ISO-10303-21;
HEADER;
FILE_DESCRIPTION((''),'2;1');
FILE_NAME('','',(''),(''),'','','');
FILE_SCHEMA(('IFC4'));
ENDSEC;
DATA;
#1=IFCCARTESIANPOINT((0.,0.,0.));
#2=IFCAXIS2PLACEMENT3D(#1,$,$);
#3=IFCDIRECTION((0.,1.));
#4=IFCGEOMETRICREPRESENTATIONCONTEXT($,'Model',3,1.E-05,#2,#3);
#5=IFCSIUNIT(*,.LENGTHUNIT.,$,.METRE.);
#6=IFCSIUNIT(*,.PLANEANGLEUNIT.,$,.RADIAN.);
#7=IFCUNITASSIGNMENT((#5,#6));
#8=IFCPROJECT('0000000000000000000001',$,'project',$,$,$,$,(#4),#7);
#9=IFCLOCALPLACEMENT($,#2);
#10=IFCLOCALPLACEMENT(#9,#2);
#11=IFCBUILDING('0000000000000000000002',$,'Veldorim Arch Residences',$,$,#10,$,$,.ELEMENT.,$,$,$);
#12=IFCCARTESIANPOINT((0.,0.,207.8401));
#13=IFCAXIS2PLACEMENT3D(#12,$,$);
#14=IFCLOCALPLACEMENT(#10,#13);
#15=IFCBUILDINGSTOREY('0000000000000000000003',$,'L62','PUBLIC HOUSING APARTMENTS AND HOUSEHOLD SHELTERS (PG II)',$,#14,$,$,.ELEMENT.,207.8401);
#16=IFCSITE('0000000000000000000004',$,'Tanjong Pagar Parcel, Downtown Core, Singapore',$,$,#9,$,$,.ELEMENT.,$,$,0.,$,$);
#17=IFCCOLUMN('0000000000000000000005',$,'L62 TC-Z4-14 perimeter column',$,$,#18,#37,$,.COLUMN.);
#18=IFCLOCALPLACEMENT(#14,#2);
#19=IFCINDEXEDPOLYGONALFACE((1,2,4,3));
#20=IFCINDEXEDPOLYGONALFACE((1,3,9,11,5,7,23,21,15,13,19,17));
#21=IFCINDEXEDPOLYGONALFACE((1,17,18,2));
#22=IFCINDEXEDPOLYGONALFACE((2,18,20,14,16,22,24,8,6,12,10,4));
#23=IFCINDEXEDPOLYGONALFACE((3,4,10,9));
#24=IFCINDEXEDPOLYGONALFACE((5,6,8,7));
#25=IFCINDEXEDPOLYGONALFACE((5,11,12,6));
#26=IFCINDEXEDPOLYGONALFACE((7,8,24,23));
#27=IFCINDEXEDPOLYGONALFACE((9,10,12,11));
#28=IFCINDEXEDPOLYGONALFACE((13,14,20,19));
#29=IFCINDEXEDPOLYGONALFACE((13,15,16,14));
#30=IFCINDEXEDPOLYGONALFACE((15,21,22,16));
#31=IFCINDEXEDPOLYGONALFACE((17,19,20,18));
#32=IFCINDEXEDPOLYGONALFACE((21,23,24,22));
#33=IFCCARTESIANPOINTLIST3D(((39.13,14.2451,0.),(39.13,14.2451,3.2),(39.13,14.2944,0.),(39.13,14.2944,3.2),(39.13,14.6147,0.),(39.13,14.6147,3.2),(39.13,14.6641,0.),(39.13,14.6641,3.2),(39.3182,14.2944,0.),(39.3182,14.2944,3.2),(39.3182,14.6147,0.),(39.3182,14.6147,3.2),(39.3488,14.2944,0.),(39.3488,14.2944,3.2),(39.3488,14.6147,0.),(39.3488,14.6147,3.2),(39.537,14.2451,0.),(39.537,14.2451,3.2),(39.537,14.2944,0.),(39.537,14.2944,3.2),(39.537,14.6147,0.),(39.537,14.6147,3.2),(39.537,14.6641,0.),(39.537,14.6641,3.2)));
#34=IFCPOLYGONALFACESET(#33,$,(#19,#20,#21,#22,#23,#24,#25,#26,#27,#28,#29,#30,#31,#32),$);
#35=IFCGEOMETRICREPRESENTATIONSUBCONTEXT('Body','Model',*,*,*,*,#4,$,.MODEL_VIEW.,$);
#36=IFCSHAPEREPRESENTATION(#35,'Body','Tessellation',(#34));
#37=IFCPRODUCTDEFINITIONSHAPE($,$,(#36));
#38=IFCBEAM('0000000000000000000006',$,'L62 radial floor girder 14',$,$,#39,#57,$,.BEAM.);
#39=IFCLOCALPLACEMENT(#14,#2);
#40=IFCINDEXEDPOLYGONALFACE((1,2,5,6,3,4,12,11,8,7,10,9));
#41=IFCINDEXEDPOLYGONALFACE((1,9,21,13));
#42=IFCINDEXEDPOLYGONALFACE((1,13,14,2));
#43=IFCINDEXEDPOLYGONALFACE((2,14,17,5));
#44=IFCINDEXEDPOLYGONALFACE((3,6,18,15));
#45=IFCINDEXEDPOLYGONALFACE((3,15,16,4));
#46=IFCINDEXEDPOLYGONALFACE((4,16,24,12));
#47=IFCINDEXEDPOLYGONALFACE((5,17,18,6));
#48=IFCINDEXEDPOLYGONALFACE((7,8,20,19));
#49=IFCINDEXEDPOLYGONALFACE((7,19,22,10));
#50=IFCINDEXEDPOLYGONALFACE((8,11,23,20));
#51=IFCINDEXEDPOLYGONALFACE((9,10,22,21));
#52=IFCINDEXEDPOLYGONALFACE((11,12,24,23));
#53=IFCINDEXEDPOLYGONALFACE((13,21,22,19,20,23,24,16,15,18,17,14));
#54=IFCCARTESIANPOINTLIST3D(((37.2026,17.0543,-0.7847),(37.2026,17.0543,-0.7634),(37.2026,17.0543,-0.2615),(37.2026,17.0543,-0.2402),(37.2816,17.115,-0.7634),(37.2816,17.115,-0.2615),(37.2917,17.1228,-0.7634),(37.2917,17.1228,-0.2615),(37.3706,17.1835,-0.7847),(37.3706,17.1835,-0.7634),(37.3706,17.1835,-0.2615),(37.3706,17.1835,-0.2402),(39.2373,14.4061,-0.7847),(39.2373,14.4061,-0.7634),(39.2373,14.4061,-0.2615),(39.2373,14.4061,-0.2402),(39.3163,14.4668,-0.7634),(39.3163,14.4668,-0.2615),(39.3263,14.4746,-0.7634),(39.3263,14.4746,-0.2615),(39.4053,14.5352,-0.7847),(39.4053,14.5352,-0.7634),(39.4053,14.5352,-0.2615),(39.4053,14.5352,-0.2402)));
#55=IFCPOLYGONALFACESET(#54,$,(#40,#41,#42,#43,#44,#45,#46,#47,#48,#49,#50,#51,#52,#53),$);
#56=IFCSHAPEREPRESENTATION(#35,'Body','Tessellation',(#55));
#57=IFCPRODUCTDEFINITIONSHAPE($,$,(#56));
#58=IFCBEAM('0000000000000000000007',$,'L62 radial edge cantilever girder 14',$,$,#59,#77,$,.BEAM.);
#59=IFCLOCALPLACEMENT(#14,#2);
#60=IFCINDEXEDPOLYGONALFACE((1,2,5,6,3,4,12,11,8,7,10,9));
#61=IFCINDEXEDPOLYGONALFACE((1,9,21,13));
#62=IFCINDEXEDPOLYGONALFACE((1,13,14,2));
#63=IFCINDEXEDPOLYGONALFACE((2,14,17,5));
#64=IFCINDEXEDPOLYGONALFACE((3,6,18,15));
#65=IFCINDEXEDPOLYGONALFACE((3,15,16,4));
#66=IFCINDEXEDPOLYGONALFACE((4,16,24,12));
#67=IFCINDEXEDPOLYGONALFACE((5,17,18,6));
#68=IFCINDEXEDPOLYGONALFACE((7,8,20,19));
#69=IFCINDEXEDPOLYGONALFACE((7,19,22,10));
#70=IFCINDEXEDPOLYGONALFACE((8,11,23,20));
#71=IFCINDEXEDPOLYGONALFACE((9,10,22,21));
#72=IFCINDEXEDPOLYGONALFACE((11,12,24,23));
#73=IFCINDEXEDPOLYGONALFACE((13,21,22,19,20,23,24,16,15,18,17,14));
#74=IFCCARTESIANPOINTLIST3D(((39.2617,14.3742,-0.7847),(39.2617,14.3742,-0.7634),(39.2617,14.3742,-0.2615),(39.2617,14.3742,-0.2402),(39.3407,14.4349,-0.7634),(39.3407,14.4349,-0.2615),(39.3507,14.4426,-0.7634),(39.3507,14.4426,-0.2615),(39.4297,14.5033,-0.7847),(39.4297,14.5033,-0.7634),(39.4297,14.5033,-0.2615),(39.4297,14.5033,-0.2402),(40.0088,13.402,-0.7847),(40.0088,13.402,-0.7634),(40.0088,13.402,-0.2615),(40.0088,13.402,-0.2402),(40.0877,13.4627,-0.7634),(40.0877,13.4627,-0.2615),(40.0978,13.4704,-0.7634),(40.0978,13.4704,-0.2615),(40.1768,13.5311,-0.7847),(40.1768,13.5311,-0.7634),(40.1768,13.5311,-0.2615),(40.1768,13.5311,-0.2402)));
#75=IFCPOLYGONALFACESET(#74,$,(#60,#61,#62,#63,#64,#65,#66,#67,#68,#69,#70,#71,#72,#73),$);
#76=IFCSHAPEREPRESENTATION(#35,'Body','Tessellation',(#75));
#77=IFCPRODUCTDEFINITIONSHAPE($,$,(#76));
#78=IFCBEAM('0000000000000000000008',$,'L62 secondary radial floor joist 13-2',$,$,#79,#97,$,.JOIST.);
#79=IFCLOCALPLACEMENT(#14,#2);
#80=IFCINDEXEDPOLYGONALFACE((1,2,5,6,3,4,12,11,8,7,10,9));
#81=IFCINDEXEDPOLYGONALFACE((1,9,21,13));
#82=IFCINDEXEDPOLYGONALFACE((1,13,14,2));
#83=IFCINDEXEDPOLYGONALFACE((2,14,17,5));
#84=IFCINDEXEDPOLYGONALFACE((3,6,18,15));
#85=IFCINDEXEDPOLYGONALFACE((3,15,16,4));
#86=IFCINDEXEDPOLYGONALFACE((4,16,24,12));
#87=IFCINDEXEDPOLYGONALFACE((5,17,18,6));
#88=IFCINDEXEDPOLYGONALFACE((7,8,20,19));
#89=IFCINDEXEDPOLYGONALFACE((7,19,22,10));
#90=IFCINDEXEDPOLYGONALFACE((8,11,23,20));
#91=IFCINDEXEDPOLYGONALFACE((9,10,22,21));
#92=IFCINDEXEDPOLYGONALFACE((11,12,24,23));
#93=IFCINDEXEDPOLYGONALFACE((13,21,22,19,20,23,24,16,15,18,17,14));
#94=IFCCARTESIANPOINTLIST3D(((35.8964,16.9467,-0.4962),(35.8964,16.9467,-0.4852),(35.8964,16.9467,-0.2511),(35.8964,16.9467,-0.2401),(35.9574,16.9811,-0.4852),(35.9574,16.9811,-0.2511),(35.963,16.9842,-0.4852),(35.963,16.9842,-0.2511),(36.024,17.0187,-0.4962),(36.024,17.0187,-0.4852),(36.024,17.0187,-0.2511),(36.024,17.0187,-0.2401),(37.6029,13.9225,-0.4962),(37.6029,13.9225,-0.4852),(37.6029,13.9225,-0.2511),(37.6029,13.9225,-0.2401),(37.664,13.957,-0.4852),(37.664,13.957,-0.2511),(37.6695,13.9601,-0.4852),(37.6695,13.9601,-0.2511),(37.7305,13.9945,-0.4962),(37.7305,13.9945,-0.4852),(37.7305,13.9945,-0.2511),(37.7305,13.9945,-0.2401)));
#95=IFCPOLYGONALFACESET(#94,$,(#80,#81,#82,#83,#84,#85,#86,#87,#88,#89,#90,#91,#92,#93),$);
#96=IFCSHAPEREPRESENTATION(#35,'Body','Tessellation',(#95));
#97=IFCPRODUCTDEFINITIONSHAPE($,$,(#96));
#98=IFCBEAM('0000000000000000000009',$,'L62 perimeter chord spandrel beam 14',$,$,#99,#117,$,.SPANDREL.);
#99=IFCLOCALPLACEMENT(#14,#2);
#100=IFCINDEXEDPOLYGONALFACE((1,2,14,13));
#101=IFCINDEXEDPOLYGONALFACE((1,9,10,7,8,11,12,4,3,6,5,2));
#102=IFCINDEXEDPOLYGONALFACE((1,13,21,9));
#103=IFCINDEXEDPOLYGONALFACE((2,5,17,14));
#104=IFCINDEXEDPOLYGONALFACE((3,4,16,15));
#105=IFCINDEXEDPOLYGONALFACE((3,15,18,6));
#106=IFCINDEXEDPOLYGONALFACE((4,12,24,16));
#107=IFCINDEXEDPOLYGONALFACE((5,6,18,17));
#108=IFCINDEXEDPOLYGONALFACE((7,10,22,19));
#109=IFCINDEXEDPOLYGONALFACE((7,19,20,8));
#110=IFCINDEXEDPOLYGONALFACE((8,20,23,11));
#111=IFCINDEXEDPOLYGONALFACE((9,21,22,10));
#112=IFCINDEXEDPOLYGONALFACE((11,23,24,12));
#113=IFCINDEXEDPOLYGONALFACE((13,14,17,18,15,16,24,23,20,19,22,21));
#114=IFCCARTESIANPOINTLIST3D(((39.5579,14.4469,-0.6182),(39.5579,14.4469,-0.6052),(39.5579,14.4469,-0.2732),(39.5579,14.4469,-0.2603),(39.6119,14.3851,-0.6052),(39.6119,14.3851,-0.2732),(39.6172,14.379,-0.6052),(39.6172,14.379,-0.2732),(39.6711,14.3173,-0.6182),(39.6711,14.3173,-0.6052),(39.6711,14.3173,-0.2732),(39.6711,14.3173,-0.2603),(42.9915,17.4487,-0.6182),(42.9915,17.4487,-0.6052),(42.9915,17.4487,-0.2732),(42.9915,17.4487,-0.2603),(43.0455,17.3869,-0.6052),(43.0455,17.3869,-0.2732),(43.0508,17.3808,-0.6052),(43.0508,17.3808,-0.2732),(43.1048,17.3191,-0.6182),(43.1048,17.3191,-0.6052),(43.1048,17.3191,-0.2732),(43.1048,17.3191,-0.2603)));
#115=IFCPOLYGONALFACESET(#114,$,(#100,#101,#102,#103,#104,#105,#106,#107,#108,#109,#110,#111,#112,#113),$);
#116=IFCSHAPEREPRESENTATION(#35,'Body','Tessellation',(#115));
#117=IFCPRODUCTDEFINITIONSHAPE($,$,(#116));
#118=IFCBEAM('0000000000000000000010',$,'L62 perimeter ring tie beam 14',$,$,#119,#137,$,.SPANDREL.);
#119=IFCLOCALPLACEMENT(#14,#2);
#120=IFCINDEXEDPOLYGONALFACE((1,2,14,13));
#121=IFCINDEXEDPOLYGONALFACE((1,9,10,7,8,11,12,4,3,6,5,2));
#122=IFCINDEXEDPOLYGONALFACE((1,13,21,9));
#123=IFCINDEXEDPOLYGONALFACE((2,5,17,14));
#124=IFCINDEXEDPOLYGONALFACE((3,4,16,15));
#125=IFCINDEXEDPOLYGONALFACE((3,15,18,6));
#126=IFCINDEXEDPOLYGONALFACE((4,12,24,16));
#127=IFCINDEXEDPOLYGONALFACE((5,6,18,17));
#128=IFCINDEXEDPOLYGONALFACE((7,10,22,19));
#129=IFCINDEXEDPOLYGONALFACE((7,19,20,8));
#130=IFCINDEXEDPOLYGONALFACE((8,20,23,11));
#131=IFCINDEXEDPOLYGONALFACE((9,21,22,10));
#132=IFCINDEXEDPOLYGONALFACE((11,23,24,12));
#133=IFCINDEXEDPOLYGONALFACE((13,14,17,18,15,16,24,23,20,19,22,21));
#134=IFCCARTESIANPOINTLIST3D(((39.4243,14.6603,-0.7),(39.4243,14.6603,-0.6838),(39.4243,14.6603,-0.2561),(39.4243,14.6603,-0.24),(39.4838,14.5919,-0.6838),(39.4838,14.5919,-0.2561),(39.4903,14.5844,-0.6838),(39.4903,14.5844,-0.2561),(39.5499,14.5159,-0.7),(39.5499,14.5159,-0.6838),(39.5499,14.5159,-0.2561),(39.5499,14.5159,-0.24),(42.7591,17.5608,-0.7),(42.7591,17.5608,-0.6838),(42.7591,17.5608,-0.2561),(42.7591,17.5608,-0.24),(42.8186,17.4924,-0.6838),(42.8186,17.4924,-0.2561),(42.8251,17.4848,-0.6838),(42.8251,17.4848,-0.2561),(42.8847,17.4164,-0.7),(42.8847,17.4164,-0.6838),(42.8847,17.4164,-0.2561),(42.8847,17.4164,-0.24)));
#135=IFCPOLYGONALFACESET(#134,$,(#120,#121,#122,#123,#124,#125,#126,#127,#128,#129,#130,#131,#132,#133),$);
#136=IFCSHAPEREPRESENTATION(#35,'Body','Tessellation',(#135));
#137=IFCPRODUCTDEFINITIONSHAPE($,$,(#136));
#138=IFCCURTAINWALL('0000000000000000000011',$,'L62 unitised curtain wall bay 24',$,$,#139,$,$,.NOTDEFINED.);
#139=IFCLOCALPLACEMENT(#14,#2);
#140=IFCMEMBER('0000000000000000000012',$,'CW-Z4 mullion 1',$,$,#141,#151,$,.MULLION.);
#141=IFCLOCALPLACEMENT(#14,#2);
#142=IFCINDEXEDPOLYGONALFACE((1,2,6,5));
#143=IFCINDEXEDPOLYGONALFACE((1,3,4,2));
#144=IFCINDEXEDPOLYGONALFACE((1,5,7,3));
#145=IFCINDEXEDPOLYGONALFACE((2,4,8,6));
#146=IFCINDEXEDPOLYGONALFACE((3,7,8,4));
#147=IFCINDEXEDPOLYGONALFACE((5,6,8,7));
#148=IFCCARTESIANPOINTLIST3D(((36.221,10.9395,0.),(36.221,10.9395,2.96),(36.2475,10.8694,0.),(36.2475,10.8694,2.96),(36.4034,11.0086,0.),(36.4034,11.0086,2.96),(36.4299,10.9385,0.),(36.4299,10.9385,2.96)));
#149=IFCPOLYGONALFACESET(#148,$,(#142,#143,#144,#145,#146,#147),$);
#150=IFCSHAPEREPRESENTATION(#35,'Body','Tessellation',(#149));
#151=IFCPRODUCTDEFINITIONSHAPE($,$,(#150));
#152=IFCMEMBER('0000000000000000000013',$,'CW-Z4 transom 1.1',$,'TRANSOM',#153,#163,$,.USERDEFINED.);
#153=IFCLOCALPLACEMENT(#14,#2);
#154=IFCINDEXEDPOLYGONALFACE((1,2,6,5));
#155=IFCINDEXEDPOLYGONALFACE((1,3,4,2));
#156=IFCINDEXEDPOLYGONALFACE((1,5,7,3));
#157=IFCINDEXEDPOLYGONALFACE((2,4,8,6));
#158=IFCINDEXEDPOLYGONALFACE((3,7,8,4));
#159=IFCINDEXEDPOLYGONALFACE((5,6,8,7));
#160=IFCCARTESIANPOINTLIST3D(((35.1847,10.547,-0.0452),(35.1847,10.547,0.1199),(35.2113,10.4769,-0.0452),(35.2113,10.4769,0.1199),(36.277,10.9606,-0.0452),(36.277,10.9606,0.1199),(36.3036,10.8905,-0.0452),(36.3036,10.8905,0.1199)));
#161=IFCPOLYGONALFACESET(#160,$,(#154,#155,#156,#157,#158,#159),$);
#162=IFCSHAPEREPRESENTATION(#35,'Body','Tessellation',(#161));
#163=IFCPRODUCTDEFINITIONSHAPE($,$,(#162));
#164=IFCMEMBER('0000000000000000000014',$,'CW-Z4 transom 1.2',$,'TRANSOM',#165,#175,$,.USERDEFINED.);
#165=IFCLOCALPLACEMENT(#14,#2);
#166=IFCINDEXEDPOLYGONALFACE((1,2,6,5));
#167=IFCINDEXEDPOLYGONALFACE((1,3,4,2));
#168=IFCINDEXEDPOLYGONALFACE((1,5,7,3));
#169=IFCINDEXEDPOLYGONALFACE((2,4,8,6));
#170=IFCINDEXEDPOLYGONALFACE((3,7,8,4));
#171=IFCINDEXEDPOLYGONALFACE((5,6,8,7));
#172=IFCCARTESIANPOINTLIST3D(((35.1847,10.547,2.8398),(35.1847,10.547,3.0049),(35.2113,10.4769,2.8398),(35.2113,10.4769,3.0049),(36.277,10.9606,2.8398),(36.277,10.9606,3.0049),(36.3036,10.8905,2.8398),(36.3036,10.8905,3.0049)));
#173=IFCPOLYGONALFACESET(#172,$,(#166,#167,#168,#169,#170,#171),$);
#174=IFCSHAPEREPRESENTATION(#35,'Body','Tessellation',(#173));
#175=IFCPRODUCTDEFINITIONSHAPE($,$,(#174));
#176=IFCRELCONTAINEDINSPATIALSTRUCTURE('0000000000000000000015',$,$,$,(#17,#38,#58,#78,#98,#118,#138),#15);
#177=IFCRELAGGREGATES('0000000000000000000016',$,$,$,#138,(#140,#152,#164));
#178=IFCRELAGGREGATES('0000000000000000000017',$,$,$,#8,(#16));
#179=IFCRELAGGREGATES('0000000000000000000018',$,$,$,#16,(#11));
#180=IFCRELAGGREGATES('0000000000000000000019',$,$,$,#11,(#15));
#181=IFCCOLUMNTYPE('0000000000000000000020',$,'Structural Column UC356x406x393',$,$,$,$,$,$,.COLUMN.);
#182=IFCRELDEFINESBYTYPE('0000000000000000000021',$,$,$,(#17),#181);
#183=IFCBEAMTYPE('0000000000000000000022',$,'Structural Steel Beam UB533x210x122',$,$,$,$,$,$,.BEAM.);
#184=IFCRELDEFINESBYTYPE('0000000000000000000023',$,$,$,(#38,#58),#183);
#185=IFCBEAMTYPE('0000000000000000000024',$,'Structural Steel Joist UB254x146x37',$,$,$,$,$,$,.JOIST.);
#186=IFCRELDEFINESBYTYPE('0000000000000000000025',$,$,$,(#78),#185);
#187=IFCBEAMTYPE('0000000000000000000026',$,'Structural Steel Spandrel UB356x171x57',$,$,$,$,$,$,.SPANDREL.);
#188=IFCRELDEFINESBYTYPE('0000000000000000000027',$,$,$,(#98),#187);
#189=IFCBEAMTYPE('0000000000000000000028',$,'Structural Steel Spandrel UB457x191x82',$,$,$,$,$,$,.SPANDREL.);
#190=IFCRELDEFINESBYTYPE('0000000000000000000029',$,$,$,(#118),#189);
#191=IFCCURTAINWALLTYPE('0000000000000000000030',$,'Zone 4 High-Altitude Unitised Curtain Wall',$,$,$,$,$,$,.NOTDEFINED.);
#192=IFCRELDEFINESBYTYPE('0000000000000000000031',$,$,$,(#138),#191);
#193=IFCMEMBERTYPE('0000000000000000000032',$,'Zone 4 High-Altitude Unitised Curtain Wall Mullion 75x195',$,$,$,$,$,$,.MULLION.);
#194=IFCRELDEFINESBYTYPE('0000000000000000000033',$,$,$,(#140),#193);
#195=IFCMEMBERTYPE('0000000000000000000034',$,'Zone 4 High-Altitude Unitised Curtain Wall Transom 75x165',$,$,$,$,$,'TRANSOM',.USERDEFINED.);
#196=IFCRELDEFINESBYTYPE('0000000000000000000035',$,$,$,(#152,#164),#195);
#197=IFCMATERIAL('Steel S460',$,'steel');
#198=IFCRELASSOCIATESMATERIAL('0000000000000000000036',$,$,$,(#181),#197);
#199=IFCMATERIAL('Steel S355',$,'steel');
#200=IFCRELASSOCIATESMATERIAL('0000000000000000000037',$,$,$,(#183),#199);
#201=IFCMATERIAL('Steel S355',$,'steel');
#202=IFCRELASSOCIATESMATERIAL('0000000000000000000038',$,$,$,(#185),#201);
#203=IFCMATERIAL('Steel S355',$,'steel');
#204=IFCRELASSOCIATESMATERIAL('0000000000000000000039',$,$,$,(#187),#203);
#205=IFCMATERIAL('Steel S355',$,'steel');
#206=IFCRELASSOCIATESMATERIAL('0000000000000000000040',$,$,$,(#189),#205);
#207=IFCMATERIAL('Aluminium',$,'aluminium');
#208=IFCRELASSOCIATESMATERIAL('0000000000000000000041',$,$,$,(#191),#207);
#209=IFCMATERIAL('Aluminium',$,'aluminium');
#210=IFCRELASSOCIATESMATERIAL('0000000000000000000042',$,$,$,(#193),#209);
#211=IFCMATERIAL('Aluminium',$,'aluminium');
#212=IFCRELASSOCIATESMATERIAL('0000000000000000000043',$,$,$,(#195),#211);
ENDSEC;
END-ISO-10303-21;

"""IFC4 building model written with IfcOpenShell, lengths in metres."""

from ifc_helpers import new_model, si_unit, direction, frame, origin, origin_2d, place, context, subcontext, project, spatial, rectangle, i_section, extrude, material, material_profile, profile_set, type_object, element, aggregate, save


model = new_model("IFC4")

# Units and contexts
model_context = context("Model", 3, precision=1e-05, world=origin(), true_north=direction((0.0, 1.0)))
body_context = subcontext(model_context, "Body", "Model", "MODEL_VIEW")
ifc_project = project(units=[si_unit("LENGTHUNIT", "METRE"), si_unit("PLANEANGLEUNIT", "RADIAN")], contexts=[model_context])

# Site, building, storey
site_placement = place(None, origin())
site = spatial("IfcSite", under=ifc_project, at=site_placement, Name="Tanjong Pagar Parcel, Downtown Core, Singapore", CompositionType="ELEMENT", RefElevation=0.0)
building_placement = place(site_placement, origin())
building = spatial("IfcBuilding", under=site, at=building_placement, Name="Veldorim Arch Residences", CompositionType="ELEMENT")
storey_placement = place(building_placement, frame((0.0, 0.0, 207.8401)))
storey = spatial("IfcBuildingStorey", under=building, at=storey_placement, Name="L62", Description="PUBLIC HOUSING APARTMENTS AND HOUSEHOLD SHELTERS (PG II)", CompositionType="ELEMENT", Elevation=207.8401)

# Column
ifc_material_1 = material(Name="Steel S460", Category="steel")
ifc_material_profile_1 = material_profile(ifc_material_1, i_section(OverallWidth=0.407, OverallDepth=0.4189, WebThickness=0.0305, FlangeThickness=0.0493, at=origin_2d()), Name="UC356x406x393")
ifc_profile_set_1 = profile_set([ifc_material_profile_1], Name="Steel S460")
column_type = type_object("IfcColumnType", Name="Structural Column UC356x406x393", PredefinedType="COLUMN", material=ifc_profile_set_1)
column_placement = place(storey_placement, frame((39.3335, 14.4546, 0.0), z_axis=(0.0, 0.0, 1.0), x_axis=(1.0, 0.0, 0.0)))
element("IfcColumn", 1, at=column_placement, inside=storey, type_object=column_type, Name="L62 TC-Z4-14 perimeter column", PredefinedType="COLUMN", context=body_context, shape_type="SweptSolid", body=[
    extrude(i_section(OverallWidth=0.407, OverallDepth=0.4189, WebThickness=0.0305, FlangeThickness=0.0493, at=origin_2d()), origin(), (0.0, 0.0, 1.0), 3.2),
])

# Beams
ifc_material_2 = material(Name="Steel S355", Category="steel")
ifc_material_profile_2 = material_profile(ifc_material_2, i_section(OverallWidth=0.2119, OverallDepth=0.5444, WebThickness=0.0127, FlangeThickness=0.0212, at=origin_2d()), Name="UB533x210x122")
ifc_profile_set_2 = profile_set([ifc_material_profile_2], Name="Steel S355")
beam_type_1 = type_object("IfcBeamType", Name="Structural Steel Beam UB533x210x122", PredefinedType="BEAM", material=ifc_profile_set_2)
beam_1_placement = place(storey_placement, frame((37.2866, 17.1189, -0.5125), z_axis=(0.609258, -0.792972, 0.0), x_axis=(0.792972, 0.609258, 0.0)))
element("IfcBeam", 2, at=beam_1_placement, inside=storey, type_object=beam_type_1, Name="L62 radial floor girder 14", PredefinedType="BEAM", context=body_context, shape_type="SweptSolid", body=[
    extrude(i_section(OverallWidth=0.2119, OverallDepth=0.5444, WebThickness=0.0127, FlangeThickness=0.0212, at=origin_2d()), origin(), (0.0, 0.0, 1.0), 3.3396),
])
beam_2_placement = place(storey_placement, frame((39.3457, 14.4387, -0.5125), z_axis=(0.609326, -0.79292, 0.0), x_axis=(0.79292, 0.609326, 0.0)))
element("IfcBeam", 3, at=beam_2_placement, inside=storey, type_object=beam_type_1, Name="L62 radial edge cantilever girder 14", PredefinedType="BEAM", context=body_context, shape_type="SweptSolid", body=[
    extrude(i_section(OverallWidth=0.2119, OverallDepth=0.5444, WebThickness=0.0127, FlangeThickness=0.0212, at=origin_2d()), origin(), (0.0, 0.0, 1.0), 1.2261),
])
ifc_material_3 = material(Name="Steel S355", Category="steel")
ifc_material_profile_3 = material_profile(ifc_material_3, i_section(OverallWidth=0.1465, OverallDepth=0.2561, WebThickness=0.0063, FlangeThickness=0.011, at=origin_2d()), Name="UB254x146x37")
ifc_profile_set_3 = profile_set([ifc_material_profile_3], Name="Steel S355")
beam_type_2 = type_object("IfcBeamType", Name="Structural Steel Joist UB254x146x37", PredefinedType="JOIST", material=ifc_profile_set_3)
beam_3_placement = place(storey_placement, frame((35.9602, 16.9827, -0.3682), z_axis=(0.491452, -0.870904, 0.0), x_axis=(0.870904, 0.491452, 0.0)))
element("IfcBeam", 4, at=beam_3_placement, inside=storey, type_object=beam_type_2, Name="L62 secondary radial floor joist 13-2", PredefinedType="JOIST", context=body_context, shape_type="SweptSolid", body=[
    extrude(i_section(OverallWidth=0.1465, OverallDepth=0.2561, WebThickness=0.0063, FlangeThickness=0.011, at=origin_2d()), origin(), (0.0, 0.0, 1.0), 3.4724),
])
ifc_material_4 = material(Name="Steel S355", Category="steel")
ifc_material_profile_4 = material_profile(ifc_material_4, i_section(OverallWidth=0.1721, OverallDepth=0.3579, WebThickness=0.0081, FlangeThickness=0.0129, at=origin_2d()), Name="UB356x171x57")
ifc_profile_set_4 = profile_set([ifc_material_profile_4], Name="Steel S355")
beam_type_3 = type_object("IfcBeamType", Name="Structural Steel Spandrel UB356x171x57", PredefinedType="SPANDREL", material=ifc_profile_set_4)
beam_4_placement = place(storey_placement, frame((39.6145, 14.3821, -0.4392), z_axis=(0.752868, 0.658171, 0.0), x_axis=(-0.658171, 0.752868, 0.0)))
element("IfcBeam", 5, at=beam_4_placement, inside=storey, type_object=beam_type_3, Name="L62 perimeter chord spandrel beam 14", PredefinedType="SPANDREL", context=body_context, shape_type="SweptSolid", body=[
    extrude(i_section(OverallWidth=0.1721, OverallDepth=0.3579, WebThickness=0.0081, FlangeThickness=0.0129, at=origin_2d()), origin(), (0.0, 0.0, 1.0), 4.5608),
])
ifc_material_5 = material(Name="Steel S355", Category="steel")
ifc_material_profile_5 = material_profile(ifc_material_5, i_section(OverallWidth=0.1914, OverallDepth=0.46, WebThickness=0.01, FlangeThickness=0.0161, at=origin_2d()), Name="UB457x191x82")
ifc_profile_set_5 = profile_set([ifc_material_profile_5], Name="Steel S355")
beam_type_4 = type_object("IfcBeamType", Name="Structural Steel Spandrel UB457x191x82", PredefinedType="SPANDREL", material=ifc_profile_set_5)
beam_5_placement = place(storey_placement, frame((39.4871, 14.5881, -0.47), z_axis=(0.754534, 0.656261, 0.0), x_axis=(-0.656261, 0.754534, 0.0)))
element("IfcBeam", 6, at=beam_5_placement, inside=storey, type_object=beam_type_4, Name="L62 perimeter ring tie beam 14", PredefinedType="SPANDREL", context=body_context, shape_type="SweptSolid", body=[
    extrude(i_section(OverallWidth=0.1914, OverallDepth=0.46, WebThickness=0.01, FlangeThickness=0.0161, at=origin_2d()), origin(), (0.0, 0.0, 1.0), 4.4197),
])

# Curtain wall, members
ifc_material_6 = material(Name="Aluminium", Category="aluminium")
curtain_wall_type = type_object("IfcCurtainWallType", Name="Zone 4 High-Altitude Unitised Curtain Wall", PredefinedType="NOTDEFINED", material=ifc_material_6)
curtain_wall_placement = place(storey_placement, origin())
curtain_wall = element("IfcCurtainWall", 7, at=curtain_wall_placement, inside=storey, type_object=curtain_wall_type, Name="L62 unitised curtain wall bay 24", PredefinedType="NOTDEFINED")
ifc_material_7 = material(Name="Aluminium", Category="aluminium")
ifc_material_profile_6 = material_profile(ifc_material_7, rectangle(XDim=0.075, YDim=0.1951, at=origin_2d()), Name="ALU_MUL_75x195")
ifc_profile_set_6 = profile_set([ifc_material_profile_6], Name="Aluminium")
member_type_1 = type_object("IfcMemberType", Name="Zone 4 High-Altitude Unitised Curtain Wall Mullion 75x195", PredefinedType="MULLION", material=ifc_profile_set_6)
member_1_placement = place(storey_placement, frame((36.3254, 10.939, 0.0), z_axis=(0.0, 0.0, 1.0), x_axis=(0.354241, -0.935154, 0.0)))
member_1 = element("IfcMember", 8, at=member_1_placement, type_object=member_type_1, Name="CW-Z4 mullion 1", PredefinedType="MULLION", context=body_context, shape_type="SweptSolid", body=[
    extrude(rectangle(XDim=0.075, YDim=0.1951, at=origin_2d()), origin(), (0.0, 0.0, 1.0), 2.96),
])
ifc_material_8 = material(Name="Aluminium", Category="aluminium")
ifc_material_profile_7 = material_profile(ifc_material_8, rectangle(XDim=0.075, YDim=0.165, at=origin_2d()), Name="ALU_TRN_75x165")
ifc_profile_set_7 = profile_set([ifc_material_profile_7], Name="Aluminium")
member_type_2 = type_object("IfcMemberType", Name="Zone 4 High-Altitude Unitised Curtain Wall Transom 75x165", ElementType="TRANSOM", PredefinedType="USERDEFINED", material=ifc_profile_set_7)
member_2_placement = place(storey_placement, frame((36.2903, 10.9255, 0.0374), z_axis=(-0.935208, -0.3541, 0.0), x_axis=(0.3541, -0.935208, 0.0)))
member_2 = element("IfcMember", 9, at=member_2_placement, type_object=member_type_2, Name="CW-Z4 transom 1.1", ObjectType="TRANSOM", PredefinedType="USERDEFINED", context=body_context, shape_type="SweptSolid", body=[
    extrude(rectangle(XDim=0.075, YDim=0.165, at=origin_2d()), origin(), (0.0, 0.0, 1.0), 1.168),
])
member_3_placement = place(storey_placement, frame((36.2903, 10.9255, 2.9224), z_axis=(-0.935208, -0.3541, 0.0), x_axis=(0.3541, -0.935208, 0.0)))
member_3 = element("IfcMember", 10, at=member_3_placement, type_object=member_type_2, Name="CW-Z4 transom 1.2", ObjectType="TRANSOM", PredefinedType="USERDEFINED", context=body_context, shape_type="SweptSolid", body=[
    extrude(rectangle(XDim=0.075, YDim=0.165, at=origin_2d()), origin(), (0.0, 0.0, 1.0), 1.168),
])
aggregate(curtain_wall, [member_1, member_2, member_3])

save(model, "model.ifc")
